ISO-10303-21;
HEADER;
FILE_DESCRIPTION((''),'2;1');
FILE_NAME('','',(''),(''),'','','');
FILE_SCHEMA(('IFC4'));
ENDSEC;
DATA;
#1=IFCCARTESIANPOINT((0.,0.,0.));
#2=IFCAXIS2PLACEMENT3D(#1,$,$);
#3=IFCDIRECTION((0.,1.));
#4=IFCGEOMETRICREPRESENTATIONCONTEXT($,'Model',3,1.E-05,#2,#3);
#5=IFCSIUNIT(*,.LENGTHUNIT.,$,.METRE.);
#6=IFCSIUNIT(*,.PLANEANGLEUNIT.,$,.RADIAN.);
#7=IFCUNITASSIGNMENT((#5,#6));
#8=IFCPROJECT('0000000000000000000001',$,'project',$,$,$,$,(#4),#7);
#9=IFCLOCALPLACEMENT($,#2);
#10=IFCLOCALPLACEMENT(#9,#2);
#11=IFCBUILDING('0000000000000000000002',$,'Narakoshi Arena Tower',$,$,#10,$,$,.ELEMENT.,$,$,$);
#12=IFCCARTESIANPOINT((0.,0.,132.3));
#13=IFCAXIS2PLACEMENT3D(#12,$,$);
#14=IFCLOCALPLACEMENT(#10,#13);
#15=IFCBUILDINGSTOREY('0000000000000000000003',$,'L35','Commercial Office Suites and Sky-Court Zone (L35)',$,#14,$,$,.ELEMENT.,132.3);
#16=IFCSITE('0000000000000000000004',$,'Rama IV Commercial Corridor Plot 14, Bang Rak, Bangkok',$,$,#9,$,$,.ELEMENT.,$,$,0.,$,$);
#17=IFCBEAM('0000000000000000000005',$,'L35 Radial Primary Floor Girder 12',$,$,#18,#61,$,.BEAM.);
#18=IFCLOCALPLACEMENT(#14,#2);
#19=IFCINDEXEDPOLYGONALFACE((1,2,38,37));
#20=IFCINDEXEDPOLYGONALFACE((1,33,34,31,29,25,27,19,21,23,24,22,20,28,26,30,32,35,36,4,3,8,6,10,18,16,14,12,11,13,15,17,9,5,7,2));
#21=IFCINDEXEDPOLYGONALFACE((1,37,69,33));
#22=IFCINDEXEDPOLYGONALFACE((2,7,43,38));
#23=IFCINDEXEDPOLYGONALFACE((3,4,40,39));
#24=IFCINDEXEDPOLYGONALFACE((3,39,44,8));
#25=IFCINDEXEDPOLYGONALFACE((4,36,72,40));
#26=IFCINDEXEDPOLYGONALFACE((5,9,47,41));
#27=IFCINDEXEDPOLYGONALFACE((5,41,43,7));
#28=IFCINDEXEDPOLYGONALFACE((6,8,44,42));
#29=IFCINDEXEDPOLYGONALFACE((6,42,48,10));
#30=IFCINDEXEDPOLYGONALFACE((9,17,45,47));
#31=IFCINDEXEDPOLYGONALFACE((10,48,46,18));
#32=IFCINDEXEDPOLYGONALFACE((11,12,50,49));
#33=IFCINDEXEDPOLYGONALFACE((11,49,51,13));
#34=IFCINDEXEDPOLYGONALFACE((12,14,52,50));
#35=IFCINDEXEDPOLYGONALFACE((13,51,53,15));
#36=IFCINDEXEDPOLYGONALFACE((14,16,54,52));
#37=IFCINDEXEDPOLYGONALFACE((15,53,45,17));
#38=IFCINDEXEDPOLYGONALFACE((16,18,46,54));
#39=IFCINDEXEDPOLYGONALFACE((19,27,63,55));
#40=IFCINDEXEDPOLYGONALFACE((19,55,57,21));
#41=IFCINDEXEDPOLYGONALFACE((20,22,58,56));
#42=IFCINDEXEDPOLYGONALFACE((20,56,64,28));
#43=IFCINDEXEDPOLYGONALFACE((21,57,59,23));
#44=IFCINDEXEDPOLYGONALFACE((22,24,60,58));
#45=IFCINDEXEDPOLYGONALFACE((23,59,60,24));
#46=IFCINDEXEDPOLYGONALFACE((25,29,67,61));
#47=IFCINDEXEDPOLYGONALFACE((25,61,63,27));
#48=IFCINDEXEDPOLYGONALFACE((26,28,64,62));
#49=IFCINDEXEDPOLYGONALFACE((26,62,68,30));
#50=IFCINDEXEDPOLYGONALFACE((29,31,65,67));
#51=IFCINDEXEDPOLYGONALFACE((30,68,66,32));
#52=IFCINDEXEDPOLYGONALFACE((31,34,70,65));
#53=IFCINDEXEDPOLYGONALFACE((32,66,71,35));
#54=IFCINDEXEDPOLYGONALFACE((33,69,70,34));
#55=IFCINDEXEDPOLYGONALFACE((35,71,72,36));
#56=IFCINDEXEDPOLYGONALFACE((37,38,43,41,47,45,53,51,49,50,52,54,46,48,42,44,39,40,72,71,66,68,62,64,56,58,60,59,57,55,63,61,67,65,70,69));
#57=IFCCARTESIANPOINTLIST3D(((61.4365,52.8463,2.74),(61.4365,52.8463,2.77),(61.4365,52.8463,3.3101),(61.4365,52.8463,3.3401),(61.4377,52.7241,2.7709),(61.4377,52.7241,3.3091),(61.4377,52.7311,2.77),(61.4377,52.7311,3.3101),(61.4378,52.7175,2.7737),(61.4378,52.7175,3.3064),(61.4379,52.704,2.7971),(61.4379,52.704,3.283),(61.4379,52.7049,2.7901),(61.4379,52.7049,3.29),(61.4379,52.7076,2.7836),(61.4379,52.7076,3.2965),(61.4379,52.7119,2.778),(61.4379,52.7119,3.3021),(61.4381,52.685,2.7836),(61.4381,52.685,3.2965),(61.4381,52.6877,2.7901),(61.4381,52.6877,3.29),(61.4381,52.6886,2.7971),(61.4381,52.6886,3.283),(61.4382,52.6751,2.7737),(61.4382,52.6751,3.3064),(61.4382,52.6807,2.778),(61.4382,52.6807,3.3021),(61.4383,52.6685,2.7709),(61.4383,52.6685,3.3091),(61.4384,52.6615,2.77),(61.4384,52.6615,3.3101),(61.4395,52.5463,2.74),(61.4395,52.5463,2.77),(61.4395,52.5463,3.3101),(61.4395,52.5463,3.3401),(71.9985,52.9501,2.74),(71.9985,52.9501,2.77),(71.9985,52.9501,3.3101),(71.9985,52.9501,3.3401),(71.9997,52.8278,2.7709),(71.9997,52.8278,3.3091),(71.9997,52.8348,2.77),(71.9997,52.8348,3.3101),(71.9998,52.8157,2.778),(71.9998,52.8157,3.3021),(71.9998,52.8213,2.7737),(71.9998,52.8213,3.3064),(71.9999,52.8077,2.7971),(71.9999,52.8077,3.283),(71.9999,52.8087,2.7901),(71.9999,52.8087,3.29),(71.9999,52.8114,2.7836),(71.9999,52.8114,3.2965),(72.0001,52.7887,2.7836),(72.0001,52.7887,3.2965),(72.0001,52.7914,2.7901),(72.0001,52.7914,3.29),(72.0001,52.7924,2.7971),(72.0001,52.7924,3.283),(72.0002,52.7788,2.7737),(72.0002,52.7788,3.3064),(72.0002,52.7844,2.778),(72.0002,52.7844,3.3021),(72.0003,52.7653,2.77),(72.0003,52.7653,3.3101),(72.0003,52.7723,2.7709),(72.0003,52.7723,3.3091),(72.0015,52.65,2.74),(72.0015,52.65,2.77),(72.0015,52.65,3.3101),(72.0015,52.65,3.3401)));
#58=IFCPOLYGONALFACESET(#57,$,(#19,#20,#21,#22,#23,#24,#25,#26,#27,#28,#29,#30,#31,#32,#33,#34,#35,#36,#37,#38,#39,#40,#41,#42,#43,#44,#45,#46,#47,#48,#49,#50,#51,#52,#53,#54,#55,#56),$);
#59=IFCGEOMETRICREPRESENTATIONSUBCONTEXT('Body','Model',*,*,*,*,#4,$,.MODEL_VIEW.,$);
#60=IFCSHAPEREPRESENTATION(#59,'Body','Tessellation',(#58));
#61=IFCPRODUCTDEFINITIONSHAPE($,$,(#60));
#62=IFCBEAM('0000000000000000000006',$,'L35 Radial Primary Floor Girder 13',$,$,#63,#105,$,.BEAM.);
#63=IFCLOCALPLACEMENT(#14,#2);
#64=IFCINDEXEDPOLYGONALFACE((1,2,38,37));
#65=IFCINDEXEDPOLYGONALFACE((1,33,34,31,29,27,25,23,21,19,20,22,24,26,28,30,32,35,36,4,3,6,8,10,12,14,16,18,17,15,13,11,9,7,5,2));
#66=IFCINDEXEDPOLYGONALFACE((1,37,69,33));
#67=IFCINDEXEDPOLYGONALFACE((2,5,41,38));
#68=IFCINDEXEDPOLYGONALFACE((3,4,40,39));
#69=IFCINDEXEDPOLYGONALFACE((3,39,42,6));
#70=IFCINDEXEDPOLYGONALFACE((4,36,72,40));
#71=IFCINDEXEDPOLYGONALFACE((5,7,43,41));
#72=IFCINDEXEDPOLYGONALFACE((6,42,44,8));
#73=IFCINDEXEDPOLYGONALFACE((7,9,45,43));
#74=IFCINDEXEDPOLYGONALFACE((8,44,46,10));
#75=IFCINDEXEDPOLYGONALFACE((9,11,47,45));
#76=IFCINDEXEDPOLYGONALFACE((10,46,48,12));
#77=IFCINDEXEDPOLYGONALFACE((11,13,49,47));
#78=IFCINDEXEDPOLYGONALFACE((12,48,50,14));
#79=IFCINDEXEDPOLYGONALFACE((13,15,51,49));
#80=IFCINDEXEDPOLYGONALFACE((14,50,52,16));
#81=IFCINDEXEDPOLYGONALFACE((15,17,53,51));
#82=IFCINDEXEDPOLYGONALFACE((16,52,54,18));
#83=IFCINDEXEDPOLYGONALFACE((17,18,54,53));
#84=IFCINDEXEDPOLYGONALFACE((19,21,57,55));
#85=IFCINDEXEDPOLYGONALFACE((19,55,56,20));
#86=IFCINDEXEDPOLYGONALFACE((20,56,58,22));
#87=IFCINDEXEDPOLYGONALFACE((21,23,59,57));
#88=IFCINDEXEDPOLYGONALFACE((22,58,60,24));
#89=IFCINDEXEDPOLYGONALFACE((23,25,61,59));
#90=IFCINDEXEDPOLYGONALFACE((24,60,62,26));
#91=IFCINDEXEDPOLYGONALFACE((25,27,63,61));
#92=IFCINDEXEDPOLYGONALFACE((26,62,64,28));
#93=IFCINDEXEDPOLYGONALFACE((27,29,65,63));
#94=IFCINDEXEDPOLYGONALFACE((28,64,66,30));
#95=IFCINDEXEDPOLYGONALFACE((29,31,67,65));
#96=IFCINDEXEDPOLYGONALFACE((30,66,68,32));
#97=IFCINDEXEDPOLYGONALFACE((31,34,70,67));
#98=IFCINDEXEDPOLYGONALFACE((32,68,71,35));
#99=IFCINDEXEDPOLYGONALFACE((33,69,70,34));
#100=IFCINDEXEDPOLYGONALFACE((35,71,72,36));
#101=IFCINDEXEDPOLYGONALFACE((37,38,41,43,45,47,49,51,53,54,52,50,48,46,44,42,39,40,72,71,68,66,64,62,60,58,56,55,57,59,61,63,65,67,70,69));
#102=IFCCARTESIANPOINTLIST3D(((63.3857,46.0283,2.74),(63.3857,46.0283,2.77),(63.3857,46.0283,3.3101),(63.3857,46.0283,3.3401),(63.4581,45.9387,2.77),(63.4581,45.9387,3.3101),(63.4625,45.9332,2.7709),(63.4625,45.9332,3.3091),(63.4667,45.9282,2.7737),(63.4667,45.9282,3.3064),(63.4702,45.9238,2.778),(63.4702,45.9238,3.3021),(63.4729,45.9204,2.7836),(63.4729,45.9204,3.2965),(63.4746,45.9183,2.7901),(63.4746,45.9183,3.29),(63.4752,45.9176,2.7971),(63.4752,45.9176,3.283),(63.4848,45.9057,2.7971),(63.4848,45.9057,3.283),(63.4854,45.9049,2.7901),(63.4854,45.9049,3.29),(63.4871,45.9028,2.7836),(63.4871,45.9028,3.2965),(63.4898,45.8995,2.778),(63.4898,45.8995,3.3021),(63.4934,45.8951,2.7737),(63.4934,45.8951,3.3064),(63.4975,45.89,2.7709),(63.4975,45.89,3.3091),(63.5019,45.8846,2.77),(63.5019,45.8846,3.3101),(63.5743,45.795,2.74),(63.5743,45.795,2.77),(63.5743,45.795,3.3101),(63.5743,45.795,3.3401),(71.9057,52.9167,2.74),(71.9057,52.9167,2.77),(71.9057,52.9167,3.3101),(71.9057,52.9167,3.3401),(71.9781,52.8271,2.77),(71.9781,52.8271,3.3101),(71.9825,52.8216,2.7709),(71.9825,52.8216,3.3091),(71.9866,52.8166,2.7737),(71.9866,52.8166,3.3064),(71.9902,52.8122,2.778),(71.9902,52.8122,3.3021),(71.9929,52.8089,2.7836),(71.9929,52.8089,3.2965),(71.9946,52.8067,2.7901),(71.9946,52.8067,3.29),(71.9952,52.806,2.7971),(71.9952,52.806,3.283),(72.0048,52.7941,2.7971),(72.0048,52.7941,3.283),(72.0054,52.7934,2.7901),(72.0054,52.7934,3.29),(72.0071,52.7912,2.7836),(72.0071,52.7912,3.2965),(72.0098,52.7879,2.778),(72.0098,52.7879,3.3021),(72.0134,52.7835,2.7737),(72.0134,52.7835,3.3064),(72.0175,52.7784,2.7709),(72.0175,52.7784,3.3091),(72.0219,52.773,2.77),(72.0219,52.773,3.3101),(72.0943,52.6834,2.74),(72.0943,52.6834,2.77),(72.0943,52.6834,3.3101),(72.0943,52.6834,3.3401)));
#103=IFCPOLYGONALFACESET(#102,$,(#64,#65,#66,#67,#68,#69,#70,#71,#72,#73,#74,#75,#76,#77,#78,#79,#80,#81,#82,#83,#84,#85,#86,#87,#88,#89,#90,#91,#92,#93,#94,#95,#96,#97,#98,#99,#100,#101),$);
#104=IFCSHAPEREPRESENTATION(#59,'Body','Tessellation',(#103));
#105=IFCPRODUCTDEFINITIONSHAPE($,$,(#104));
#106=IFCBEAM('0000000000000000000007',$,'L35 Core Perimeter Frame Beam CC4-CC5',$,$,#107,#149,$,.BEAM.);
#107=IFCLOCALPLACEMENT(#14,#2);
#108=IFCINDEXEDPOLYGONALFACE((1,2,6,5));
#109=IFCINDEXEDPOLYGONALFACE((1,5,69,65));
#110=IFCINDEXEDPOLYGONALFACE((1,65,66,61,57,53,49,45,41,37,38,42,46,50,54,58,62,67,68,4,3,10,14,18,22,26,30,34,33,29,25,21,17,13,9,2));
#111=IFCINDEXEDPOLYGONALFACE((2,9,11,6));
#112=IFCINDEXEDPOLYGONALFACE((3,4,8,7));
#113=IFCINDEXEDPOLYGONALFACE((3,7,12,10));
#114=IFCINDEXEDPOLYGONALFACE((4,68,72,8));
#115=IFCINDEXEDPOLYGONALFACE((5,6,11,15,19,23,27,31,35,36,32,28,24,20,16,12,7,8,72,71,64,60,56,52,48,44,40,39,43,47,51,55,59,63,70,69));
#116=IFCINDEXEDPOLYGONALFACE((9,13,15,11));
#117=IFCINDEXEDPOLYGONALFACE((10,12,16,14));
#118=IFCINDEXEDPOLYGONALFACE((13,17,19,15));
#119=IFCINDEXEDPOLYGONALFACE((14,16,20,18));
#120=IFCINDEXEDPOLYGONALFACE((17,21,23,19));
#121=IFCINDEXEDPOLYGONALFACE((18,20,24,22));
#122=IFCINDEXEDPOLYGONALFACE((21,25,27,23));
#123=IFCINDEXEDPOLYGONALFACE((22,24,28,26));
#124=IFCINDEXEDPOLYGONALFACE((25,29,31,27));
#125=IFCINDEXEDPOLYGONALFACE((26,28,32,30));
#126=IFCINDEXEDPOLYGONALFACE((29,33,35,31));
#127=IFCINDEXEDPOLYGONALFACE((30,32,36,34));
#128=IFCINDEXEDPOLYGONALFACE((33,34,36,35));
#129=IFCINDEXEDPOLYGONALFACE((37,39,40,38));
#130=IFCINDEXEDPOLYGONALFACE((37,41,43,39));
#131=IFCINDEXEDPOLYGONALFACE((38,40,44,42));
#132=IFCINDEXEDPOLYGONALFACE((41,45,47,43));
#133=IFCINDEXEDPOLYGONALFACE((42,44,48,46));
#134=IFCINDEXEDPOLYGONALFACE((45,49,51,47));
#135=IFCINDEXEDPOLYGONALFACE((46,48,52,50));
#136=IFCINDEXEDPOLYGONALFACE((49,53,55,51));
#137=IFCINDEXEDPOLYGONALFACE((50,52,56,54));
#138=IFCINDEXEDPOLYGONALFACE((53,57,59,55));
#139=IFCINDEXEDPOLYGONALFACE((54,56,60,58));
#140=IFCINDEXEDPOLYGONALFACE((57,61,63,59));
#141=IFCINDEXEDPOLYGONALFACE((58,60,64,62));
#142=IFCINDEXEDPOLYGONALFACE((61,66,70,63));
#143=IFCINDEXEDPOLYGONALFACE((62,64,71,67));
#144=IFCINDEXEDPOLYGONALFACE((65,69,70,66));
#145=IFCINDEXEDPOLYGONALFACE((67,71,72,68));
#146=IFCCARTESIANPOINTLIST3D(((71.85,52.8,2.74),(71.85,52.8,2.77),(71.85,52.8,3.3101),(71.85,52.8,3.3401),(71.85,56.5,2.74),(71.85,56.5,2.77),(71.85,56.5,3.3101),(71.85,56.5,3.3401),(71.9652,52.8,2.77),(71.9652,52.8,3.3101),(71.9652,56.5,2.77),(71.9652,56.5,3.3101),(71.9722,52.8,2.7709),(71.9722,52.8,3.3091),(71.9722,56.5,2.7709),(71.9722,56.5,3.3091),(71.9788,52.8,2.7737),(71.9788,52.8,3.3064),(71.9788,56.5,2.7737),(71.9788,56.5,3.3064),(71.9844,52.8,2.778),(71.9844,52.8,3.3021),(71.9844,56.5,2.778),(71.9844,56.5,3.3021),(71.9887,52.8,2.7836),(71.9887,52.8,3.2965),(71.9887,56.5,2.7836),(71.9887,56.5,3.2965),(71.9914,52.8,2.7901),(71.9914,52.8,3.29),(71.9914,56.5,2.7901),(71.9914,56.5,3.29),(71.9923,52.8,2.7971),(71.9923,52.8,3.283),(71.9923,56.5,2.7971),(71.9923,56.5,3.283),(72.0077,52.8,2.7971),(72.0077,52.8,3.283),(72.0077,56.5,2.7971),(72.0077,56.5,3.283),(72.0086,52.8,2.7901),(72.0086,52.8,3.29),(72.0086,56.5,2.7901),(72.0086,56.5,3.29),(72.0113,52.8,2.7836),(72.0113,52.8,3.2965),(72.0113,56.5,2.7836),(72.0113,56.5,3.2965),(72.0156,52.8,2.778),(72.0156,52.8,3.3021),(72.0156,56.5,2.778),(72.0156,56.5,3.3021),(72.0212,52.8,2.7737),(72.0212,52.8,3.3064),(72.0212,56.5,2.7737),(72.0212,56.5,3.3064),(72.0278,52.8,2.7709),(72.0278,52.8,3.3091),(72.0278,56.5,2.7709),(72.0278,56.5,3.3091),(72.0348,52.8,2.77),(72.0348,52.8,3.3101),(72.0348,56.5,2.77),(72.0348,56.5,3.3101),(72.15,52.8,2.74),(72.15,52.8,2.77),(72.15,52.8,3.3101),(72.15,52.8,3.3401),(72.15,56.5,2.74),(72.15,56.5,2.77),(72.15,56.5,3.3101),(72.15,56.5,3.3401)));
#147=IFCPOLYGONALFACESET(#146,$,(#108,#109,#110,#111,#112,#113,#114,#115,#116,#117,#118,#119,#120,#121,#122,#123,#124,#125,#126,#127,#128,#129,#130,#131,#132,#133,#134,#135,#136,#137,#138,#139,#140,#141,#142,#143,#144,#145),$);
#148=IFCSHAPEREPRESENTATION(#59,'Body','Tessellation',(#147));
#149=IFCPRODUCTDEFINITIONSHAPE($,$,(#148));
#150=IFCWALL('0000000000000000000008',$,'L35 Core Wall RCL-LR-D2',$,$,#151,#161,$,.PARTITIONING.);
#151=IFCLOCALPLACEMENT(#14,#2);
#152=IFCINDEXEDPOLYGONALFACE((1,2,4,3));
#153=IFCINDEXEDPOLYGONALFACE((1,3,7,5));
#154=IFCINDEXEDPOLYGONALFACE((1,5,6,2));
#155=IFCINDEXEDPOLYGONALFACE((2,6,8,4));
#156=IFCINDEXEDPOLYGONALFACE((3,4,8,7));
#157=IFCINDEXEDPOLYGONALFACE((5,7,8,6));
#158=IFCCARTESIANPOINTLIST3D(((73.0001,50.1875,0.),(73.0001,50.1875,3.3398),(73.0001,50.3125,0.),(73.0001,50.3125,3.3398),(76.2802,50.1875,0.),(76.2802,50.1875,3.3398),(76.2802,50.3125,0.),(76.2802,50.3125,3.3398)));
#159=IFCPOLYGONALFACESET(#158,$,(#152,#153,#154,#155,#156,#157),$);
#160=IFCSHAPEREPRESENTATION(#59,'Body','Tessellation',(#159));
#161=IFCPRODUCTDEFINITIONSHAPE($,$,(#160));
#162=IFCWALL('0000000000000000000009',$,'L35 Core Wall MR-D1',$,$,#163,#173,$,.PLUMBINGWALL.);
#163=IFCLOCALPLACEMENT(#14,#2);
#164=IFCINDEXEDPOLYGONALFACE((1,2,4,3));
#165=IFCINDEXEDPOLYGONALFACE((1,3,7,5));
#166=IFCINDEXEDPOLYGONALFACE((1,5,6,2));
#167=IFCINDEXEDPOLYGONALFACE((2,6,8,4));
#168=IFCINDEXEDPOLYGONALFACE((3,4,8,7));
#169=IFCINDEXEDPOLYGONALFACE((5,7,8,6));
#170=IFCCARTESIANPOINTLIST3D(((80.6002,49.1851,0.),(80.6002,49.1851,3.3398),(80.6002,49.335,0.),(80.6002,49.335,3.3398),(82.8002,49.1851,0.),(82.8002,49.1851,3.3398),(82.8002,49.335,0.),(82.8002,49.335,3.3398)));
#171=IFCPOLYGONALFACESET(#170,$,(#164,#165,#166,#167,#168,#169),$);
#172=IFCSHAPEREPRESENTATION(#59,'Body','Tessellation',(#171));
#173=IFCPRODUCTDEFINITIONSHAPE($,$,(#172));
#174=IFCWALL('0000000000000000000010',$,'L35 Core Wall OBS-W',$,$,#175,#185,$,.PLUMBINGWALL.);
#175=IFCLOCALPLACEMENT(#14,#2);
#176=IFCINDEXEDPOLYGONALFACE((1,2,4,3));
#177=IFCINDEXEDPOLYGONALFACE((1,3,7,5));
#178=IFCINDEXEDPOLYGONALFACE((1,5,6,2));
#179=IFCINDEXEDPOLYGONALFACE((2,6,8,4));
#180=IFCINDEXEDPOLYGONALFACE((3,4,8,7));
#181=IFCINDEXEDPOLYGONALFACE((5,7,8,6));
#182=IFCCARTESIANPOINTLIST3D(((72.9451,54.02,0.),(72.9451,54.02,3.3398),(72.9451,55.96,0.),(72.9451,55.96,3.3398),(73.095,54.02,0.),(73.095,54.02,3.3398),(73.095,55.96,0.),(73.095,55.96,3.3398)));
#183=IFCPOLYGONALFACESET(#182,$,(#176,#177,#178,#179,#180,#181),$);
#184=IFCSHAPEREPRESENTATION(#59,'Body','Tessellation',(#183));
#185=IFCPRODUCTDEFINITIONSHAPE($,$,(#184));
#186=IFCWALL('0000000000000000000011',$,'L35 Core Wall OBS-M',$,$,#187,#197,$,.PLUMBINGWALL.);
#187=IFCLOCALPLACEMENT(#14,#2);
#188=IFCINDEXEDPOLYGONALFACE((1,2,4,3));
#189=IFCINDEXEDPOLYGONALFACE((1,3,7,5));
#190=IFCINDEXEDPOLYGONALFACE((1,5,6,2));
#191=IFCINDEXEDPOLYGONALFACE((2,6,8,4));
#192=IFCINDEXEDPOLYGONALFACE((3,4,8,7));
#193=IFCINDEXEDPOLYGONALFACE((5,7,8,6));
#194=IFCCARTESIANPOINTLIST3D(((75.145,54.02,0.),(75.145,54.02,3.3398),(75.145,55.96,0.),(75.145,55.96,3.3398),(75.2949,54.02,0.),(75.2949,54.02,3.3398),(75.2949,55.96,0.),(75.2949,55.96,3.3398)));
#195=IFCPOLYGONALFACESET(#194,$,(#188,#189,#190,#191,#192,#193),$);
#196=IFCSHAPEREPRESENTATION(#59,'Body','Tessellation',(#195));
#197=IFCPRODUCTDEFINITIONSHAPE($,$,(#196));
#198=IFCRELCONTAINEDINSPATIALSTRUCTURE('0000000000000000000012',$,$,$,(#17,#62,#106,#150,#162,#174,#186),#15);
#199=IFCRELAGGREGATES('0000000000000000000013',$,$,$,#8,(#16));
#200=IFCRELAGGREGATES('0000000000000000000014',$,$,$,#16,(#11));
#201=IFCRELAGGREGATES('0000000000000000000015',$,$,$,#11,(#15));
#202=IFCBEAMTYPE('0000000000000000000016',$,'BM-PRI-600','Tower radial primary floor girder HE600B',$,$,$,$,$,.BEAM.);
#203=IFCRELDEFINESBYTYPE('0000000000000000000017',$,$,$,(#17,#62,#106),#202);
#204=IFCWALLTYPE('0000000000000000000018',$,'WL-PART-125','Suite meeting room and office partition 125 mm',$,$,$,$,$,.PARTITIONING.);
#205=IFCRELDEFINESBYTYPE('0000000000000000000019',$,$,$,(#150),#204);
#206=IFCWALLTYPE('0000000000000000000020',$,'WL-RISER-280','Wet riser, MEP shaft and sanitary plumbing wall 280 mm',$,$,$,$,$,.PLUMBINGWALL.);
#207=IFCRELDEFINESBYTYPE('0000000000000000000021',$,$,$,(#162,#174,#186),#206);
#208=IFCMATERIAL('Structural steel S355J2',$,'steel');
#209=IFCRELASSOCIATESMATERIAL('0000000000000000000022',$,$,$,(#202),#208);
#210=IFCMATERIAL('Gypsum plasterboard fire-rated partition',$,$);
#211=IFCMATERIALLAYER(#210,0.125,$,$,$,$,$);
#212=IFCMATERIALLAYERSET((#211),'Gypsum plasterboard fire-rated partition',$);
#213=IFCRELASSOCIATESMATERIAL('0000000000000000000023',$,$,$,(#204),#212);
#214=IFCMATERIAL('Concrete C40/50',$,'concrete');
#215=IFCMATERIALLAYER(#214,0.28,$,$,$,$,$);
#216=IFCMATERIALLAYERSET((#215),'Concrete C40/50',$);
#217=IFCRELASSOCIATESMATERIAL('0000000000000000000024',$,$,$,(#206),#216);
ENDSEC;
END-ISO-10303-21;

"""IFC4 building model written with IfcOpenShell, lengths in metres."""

from ifc_helpers import new_model, si_unit, direction, frame, frame_2d, origin, origin_2d, place, context, subcontext, project, spatial, rectangle, i_section, extrude, material, layer, layer_set, material_profile, profile_set, type_object, element, save


model = new_model("IFC4")

# Units and contexts
model_context = context("Model", 3, precision=1e-05, world=origin(), true_north=direction((0.0, 1.0)))
body_context = subcontext(model_context, "Body", "Model", "MODEL_VIEW")
ifc_project = project(units=[si_unit("LENGTHUNIT", "METRE"), si_unit("PLANEANGLEUNIT", "RADIAN")], contexts=[model_context])

# Site, building, storey
site_placement = place(None, origin())
site = spatial("IfcSite", under=ifc_project, at=site_placement, Name="Rama IV Commercial Corridor Plot 14, Bang Rak, Bangkok", CompositionType="ELEMENT", RefElevation=0.0)
building_placement = place(site_placement, origin())
building = spatial("IfcBuilding", under=site, at=building_placement, Name="Narakoshi Arena Tower", CompositionType="ELEMENT")
storey_placement = place(building_placement, frame((0.0, 0.0, 132.3)))
storey = spatial("IfcBuildingStorey", under=building, at=storey_placement, Name="L35", Description="Commercial Office Suites and Sky-Court Zone (L35)", CompositionType="ELEMENT", Elevation=132.3)

# Beams
ifc_material_1 = material(Name="Structural steel S355J2", Category="steel")
ifc_material_profile = material_profile(ifc_material_1, i_section(OverallWidth=0.3, OverallDepth=0.6001, WebThickness=0.0154, FlangeThickness=0.03, FilletRadius=0.0271, at=origin_2d()), Name="HE600B")
ifc_profile_set = profile_set([ifc_material_profile], Name="Structural steel S355J2")
beam_type = type_object("IfcBeamType", Name="BM-PRI-600", Description="Tower radial primary floor girder HE600B", PredefinedType="BEAM", material=ifc_profile_set)
beam_1_placement = place(storey_placement, frame((72.0, 52.8, 3.04), z_axis=(-0.999952, -0.009823, 0.0), x_axis=(0.009823, -0.999952, 0.0)))
element("IfcBeam", 1, at=beam_1_placement, inside=storey, type_object=beam_type, Name="L35 Radial Primary Floor Girder 12", PredefinedType="BEAM", context=body_context, shape_type="SweptSolid", body=[
    extrude(i_section(OverallWidth=0.3, OverallDepth=0.6001, WebThickness=0.0154, FlangeThickness=0.03, FilletRadius=0.0271, at=origin_2d()), origin(), (0.0, 0.0, 1.0), 10.5625),
])
beam_2_placement = place(storey_placement, frame((72.0, 52.8, 3.04), z_axis=(-0.777634, -0.628717, 0.0), x_axis=(0.628717, -0.777634, 0.0)))
element("IfcBeam", 2, at=beam_2_placement, inside=storey, type_object=beam_type, Name="L35 Radial Primary Floor Girder 13", PredefinedType="BEAM", context=body_context, shape_type="SweptSolid", body=[
    extrude(i_section(OverallWidth=0.3, OverallDepth=0.6001, WebThickness=0.0154, FlangeThickness=0.03, FilletRadius=0.0271, at=origin_2d()), origin(), (0.0, 0.0, 1.0), 10.9563),
])
beam_3_placement = place(storey_placement, frame((72.0, 52.8, 3.04), z_axis=(0.0, 1.0, 0.0), x_axis=(-1.0, 0.0, 0.0)))
element("IfcBeam", 3, at=beam_3_placement, inside=storey, type_object=beam_type, Name="L35 Core Perimeter Frame Beam CC4-CC5", PredefinedType="BEAM", context=body_context, shape_type="SweptSolid", body=[
    extrude(i_section(OverallWidth=0.3, OverallDepth=0.6001, WebThickness=0.0154, FlangeThickness=0.03, FilletRadius=0.0271, at=origin_2d()), origin(), (0.0, 0.0, 1.0), 3.7),
])

# Walls
ifc_material_2 = material(Name="Gypsum plasterboard fire-rated partition")
ifc_layer_1 = layer(ifc_material_2, 0.125)
ifc_layer_set_1 = layer_set([ifc_layer_1], Name="Gypsum plasterboard fire-rated partition")
wall_type_1 = type_object("IfcWallType", Name="WL-PART-125", Description="Suite meeting room and office partition 125 mm", PredefinedType="PARTITIONING", material=ifc_layer_set_1)
wall_1_placement = place(storey_placement, frame((73.0, 50.25, 0.0), z_axis=(0.0, 0.0, 1.0), x_axis=(1.0, 0.0, 0.0)))
element("IfcWall", 4, at=wall_1_placement, inside=storey, type_object=wall_type_1, Name="L35 Core Wall RCL-LR-D2", PredefinedType="PARTITIONING", context=body_context, shape_type="SweptSolid", body=[
    extrude(rectangle(XDim=3.28, YDim=0.125, at=frame_2d((1.6401, 0.0))), origin(), (0.0, 0.0, 1.0), 3.3398),
])
ifc_material_3 = material(Name="Concrete C40/50", Category="concrete")
ifc_layer_2 = layer(ifc_material_3, 0.28)
ifc_layer_set_2 = layer_set([ifc_layer_2], Name="Concrete C40/50")
wall_type_2 = type_object("IfcWallType", Name="WL-RISER-280", Description="Wet riser, MEP shaft and sanitary plumbing wall 280 mm", PredefinedType="PLUMBINGWALL", material=ifc_layer_set_2)
wall_2_placement = place(storey_placement, frame((80.6001, 49.26, 0.0), z_axis=(0.0, 0.0, 1.0), x_axis=(1.0, 0.0, 0.0)))
element("IfcWall", 5, at=wall_2_placement, inside=storey, type_object=wall_type_2, Name="L35 Core Wall MR-D1", PredefinedType="PLUMBINGWALL", context=body_context, shape_type="SweptSolid", body=[
    extrude(rectangle(XDim=2.2, YDim=0.1499, at=frame_2d((1.1001, 0.0))), origin(), (0.0, 0.0, 1.0), 3.3398),
])
for number, where, z_axis, x_axis, name in (
    (6, (73.02, 54.02, 0.0), (0.0, 0.0, 1.0), (0.0, 1.0, 0.0), "L35 Core Wall OBS-W"),
    (7, (75.22, 54.02, 0.0), (0.0, 0.0, 1.0), (0.0, 1.0, 0.0), "L35 Core Wall OBS-M"),
):
    element("IfcWall", number, at=place(storey_placement, frame(where, z_axis=z_axis, x_axis=x_axis)), inside=storey, type_object=wall_type_2, Name=name, PredefinedType="PLUMBINGWALL", context=body_context, shape_type="SweptSolid", body=[
        extrude(rectangle(XDim=1.9399, YDim=0.1499, at=frame_2d((0.97, 0.0))), origin(), (0.0, 0.0, 1.0), 3.3398),
    ])

save(model, "model.ifc")
